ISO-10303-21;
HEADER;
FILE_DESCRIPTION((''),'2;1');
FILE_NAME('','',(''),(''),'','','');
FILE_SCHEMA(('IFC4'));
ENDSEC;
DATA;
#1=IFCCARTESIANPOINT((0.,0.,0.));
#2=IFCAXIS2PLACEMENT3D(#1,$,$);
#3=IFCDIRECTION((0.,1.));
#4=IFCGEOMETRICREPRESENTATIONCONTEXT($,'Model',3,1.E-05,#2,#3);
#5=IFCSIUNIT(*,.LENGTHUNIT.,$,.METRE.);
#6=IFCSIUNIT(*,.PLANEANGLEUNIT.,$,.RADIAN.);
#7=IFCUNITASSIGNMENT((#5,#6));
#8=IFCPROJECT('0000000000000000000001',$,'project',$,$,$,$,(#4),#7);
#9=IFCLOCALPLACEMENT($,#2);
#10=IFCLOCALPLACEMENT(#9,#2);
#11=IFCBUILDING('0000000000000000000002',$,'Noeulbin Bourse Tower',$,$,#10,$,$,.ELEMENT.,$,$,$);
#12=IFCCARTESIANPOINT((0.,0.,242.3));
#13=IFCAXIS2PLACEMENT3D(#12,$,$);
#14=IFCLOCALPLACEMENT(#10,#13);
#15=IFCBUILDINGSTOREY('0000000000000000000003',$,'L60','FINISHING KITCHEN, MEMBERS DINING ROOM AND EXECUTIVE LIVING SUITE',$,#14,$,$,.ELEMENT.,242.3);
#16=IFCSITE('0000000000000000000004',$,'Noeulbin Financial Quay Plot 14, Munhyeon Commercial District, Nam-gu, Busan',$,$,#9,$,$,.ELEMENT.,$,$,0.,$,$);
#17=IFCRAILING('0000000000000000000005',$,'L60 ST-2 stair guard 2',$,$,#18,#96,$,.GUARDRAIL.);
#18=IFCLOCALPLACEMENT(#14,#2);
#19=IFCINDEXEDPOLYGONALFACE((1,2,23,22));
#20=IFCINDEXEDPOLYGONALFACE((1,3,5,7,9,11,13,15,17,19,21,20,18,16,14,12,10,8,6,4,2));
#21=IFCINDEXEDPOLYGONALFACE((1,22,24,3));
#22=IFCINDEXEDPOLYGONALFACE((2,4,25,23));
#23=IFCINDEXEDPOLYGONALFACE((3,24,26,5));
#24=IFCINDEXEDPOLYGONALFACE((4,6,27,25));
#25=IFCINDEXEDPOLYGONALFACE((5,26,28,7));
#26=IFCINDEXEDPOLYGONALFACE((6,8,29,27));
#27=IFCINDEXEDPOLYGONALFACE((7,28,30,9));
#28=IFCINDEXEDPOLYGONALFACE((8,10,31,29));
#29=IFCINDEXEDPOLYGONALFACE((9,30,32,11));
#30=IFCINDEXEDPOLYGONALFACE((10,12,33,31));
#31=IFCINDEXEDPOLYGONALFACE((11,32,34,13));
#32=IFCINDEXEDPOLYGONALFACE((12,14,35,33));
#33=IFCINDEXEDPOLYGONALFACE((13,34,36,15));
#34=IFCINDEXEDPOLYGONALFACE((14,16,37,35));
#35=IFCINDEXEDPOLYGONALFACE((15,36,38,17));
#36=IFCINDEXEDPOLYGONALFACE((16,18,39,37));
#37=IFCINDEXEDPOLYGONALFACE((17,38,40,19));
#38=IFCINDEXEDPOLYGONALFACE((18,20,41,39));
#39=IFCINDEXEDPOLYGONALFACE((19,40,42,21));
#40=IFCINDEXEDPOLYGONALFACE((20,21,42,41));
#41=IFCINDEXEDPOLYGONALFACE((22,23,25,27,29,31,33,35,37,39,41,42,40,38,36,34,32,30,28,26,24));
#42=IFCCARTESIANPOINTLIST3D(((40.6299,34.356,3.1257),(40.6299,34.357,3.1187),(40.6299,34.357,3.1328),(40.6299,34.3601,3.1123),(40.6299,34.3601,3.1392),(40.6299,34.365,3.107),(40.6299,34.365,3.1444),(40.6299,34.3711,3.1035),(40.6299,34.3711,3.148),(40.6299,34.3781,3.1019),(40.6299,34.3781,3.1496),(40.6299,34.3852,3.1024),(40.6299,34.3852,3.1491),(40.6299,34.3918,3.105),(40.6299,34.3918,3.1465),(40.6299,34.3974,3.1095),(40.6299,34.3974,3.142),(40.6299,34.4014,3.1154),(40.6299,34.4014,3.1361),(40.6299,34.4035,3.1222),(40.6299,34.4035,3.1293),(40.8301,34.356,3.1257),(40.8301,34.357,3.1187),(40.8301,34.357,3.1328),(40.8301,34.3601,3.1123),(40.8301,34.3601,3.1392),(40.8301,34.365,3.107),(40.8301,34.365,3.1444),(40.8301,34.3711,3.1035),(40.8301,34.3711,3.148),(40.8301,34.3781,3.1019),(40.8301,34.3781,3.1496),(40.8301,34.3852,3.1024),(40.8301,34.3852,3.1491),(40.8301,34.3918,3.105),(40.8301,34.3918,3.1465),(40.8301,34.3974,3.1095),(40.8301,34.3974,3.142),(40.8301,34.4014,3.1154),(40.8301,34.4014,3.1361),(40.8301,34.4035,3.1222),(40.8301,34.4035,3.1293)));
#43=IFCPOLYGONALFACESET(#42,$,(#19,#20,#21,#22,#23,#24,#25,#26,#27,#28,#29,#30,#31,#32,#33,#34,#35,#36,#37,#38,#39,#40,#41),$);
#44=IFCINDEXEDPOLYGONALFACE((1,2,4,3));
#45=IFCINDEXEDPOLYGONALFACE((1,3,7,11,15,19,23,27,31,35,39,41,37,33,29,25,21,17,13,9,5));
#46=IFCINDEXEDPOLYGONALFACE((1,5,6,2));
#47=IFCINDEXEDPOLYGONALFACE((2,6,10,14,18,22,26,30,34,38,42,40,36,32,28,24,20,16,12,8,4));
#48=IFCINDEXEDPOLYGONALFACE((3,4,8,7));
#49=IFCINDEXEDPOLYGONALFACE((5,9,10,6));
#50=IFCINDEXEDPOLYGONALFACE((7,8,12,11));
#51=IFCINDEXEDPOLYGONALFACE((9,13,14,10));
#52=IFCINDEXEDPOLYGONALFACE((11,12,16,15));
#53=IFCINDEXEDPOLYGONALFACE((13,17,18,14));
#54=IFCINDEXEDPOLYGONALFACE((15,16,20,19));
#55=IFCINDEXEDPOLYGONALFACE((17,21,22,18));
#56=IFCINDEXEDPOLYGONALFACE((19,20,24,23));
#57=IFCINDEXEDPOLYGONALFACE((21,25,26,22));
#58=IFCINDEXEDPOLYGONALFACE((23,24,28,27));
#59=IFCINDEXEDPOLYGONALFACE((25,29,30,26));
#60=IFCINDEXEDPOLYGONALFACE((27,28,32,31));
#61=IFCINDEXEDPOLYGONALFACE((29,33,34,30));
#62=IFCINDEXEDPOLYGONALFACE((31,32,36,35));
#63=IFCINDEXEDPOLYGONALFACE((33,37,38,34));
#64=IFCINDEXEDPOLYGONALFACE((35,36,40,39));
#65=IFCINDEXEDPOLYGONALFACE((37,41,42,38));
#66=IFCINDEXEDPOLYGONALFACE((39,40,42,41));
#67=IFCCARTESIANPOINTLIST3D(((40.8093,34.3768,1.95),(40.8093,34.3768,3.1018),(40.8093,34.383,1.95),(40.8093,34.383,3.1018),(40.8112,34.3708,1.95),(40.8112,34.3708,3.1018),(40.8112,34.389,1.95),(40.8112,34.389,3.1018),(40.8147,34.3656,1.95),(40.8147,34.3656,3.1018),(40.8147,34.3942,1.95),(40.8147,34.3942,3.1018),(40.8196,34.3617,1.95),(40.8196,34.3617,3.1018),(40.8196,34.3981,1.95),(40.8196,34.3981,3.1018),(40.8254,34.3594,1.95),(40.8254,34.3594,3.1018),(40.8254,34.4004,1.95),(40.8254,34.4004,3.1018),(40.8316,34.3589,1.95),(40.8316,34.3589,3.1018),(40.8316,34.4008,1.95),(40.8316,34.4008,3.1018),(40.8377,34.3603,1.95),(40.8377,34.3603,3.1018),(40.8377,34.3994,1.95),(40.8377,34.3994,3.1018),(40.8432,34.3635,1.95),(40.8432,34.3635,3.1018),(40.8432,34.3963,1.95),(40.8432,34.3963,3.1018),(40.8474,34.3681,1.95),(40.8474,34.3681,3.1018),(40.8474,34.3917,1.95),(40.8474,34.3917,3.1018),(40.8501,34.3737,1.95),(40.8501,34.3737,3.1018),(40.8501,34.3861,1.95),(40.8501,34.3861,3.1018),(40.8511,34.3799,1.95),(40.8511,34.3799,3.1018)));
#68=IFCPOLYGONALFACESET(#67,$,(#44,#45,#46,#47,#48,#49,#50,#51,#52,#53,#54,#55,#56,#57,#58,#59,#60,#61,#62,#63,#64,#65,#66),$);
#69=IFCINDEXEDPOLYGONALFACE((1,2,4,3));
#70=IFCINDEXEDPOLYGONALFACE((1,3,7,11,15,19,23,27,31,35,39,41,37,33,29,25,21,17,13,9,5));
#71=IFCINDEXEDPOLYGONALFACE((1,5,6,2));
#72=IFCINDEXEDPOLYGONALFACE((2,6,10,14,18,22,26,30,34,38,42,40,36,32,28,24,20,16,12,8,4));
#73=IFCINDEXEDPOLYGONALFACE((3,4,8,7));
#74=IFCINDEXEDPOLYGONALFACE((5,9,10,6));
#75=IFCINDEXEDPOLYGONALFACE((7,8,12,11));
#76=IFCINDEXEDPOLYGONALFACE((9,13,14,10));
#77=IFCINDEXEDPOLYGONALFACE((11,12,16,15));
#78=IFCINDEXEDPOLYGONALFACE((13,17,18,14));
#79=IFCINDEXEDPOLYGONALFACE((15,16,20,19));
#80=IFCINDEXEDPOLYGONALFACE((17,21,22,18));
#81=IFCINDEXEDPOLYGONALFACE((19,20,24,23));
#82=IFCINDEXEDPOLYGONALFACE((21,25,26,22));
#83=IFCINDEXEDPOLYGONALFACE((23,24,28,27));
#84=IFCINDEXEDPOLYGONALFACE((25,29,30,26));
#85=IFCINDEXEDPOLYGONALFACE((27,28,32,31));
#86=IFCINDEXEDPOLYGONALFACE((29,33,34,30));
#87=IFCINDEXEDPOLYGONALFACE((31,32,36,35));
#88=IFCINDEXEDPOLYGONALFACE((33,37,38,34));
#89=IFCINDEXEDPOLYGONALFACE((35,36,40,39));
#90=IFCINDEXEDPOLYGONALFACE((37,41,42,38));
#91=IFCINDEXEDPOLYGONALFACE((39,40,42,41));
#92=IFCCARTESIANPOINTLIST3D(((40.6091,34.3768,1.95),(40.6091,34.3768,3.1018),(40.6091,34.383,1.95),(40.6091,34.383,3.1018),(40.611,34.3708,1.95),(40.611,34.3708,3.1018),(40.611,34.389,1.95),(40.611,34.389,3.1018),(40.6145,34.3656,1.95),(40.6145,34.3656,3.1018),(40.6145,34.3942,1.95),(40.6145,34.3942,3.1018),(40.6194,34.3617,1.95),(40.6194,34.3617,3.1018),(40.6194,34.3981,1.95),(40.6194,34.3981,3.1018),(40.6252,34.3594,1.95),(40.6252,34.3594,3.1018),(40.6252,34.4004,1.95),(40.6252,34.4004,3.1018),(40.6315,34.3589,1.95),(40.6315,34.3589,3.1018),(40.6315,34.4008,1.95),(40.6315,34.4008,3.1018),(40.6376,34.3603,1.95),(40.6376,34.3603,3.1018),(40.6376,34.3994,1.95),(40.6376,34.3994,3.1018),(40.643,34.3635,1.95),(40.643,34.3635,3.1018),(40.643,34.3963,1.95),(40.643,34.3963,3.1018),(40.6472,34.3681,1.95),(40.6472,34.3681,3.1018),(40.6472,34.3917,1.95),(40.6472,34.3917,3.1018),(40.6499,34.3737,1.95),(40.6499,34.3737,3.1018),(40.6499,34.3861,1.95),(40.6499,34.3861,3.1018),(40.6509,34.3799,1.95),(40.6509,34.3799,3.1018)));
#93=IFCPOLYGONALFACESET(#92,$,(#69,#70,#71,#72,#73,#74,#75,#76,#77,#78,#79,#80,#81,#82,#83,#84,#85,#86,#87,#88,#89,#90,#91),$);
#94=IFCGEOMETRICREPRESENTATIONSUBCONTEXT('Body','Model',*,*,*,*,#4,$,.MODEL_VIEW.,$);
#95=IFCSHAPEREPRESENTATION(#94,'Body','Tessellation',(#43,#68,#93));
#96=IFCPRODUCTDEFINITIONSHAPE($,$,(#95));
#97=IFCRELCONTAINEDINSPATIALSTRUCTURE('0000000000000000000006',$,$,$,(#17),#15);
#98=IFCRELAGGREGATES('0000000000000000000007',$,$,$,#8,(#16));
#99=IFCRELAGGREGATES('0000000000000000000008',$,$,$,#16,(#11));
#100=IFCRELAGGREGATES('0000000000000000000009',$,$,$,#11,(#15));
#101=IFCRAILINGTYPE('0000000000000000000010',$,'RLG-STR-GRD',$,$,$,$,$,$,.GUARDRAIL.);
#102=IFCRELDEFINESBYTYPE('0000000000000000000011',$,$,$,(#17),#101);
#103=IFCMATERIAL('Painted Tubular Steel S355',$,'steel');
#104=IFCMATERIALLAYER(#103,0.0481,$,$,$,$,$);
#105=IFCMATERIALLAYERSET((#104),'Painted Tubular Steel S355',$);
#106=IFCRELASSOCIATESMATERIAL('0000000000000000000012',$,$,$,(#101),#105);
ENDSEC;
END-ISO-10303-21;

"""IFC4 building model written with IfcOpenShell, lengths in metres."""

from ifc_helpers import new_model, si_unit, direction, frame, origin, origin_2d, place, context, subcontext, project, spatial, circle, extrude, material, layer, layer_set, type_object, element, save


model = new_model("IFC4")

# Units and contexts
model_context = context("Model", 3, precision=1e-05, world=origin(), true_north=direction((0.0, 1.0)))
body_context = subcontext(model_context, "Body", "Model", "MODEL_VIEW")
ifc_project = project(units=[si_unit("LENGTHUNIT", "METRE"), si_unit("PLANEANGLEUNIT", "RADIAN")], contexts=[model_context])

# Site, building, storey
site_placement = place(None, origin())
site = spatial("IfcSite", under=ifc_project, at=site_placement, Name="Noeulbin Financial Quay Plot 14, Munhyeon Commercial District, Nam-gu, Busan", CompositionType="ELEMENT", RefElevation=0.0)
building_placement = place(site_placement, origin())
building = spatial("IfcBuilding", under=site, at=building_placement, Name="Noeulbin Bourse Tower", CompositionType="ELEMENT")
storey_placement = place(building_placement, frame((0.0, 0.0, 242.3)))
storey = spatial("IfcBuildingStorey", under=building, at=storey_placement, Name="L60", Description="FINISHING KITCHEN, MEMBERS DINING ROOM AND EXECUTIVE LIVING SUITE", CompositionType="ELEMENT", Elevation=242.3)

# Railing
ifc_material_1 = material(Name="Painted Tubular Steel S355", Category="steel")
ifc_layer_1 = layer(ifc_material_1, 0.0481)
ifc_layer_set_1 = layer_set([ifc_layer_1], Name="Painted Tubular Steel S355")
railing_type_1 = type_object("IfcRailingType", Name="RLG-STR-GRD", PredefinedType="GUARDRAIL", material=ifc_layer_set_1)
railing_1_placement = place(storey_placement, frame((40.8301, 34.3799, 1.95)))
element("IfcRailing", 1, at=railing_1_placement, inside=storey, type_object=railing_type_1, Name="L60 ST-2 stair guard 2", PredefinedType="GUARDRAIL", context=body_context, shape_type="SweptSolid", body=[
    extrude(circle(Radius=0.0239, at=origin_2d()), frame((0.0, 0.0, 1.1758), z_axis=(-1.0, 0.0, 0.0), x_axis=(0.0, -1.0, 0.0)), (0.0, 0.0, 1.0), 0.2002),
    extrude(circle(Radius=0.021, at=origin_2d()), origin(), (0.0, 0.0, 1.0), 1.1519),
    extrude(circle(Radius=0.021, at=origin_2d()), frame((-0.2002, 0.0, 0.0)), (0.0, 0.0, 1.0), 1.1519),
])

save(model, "model.ifc")
